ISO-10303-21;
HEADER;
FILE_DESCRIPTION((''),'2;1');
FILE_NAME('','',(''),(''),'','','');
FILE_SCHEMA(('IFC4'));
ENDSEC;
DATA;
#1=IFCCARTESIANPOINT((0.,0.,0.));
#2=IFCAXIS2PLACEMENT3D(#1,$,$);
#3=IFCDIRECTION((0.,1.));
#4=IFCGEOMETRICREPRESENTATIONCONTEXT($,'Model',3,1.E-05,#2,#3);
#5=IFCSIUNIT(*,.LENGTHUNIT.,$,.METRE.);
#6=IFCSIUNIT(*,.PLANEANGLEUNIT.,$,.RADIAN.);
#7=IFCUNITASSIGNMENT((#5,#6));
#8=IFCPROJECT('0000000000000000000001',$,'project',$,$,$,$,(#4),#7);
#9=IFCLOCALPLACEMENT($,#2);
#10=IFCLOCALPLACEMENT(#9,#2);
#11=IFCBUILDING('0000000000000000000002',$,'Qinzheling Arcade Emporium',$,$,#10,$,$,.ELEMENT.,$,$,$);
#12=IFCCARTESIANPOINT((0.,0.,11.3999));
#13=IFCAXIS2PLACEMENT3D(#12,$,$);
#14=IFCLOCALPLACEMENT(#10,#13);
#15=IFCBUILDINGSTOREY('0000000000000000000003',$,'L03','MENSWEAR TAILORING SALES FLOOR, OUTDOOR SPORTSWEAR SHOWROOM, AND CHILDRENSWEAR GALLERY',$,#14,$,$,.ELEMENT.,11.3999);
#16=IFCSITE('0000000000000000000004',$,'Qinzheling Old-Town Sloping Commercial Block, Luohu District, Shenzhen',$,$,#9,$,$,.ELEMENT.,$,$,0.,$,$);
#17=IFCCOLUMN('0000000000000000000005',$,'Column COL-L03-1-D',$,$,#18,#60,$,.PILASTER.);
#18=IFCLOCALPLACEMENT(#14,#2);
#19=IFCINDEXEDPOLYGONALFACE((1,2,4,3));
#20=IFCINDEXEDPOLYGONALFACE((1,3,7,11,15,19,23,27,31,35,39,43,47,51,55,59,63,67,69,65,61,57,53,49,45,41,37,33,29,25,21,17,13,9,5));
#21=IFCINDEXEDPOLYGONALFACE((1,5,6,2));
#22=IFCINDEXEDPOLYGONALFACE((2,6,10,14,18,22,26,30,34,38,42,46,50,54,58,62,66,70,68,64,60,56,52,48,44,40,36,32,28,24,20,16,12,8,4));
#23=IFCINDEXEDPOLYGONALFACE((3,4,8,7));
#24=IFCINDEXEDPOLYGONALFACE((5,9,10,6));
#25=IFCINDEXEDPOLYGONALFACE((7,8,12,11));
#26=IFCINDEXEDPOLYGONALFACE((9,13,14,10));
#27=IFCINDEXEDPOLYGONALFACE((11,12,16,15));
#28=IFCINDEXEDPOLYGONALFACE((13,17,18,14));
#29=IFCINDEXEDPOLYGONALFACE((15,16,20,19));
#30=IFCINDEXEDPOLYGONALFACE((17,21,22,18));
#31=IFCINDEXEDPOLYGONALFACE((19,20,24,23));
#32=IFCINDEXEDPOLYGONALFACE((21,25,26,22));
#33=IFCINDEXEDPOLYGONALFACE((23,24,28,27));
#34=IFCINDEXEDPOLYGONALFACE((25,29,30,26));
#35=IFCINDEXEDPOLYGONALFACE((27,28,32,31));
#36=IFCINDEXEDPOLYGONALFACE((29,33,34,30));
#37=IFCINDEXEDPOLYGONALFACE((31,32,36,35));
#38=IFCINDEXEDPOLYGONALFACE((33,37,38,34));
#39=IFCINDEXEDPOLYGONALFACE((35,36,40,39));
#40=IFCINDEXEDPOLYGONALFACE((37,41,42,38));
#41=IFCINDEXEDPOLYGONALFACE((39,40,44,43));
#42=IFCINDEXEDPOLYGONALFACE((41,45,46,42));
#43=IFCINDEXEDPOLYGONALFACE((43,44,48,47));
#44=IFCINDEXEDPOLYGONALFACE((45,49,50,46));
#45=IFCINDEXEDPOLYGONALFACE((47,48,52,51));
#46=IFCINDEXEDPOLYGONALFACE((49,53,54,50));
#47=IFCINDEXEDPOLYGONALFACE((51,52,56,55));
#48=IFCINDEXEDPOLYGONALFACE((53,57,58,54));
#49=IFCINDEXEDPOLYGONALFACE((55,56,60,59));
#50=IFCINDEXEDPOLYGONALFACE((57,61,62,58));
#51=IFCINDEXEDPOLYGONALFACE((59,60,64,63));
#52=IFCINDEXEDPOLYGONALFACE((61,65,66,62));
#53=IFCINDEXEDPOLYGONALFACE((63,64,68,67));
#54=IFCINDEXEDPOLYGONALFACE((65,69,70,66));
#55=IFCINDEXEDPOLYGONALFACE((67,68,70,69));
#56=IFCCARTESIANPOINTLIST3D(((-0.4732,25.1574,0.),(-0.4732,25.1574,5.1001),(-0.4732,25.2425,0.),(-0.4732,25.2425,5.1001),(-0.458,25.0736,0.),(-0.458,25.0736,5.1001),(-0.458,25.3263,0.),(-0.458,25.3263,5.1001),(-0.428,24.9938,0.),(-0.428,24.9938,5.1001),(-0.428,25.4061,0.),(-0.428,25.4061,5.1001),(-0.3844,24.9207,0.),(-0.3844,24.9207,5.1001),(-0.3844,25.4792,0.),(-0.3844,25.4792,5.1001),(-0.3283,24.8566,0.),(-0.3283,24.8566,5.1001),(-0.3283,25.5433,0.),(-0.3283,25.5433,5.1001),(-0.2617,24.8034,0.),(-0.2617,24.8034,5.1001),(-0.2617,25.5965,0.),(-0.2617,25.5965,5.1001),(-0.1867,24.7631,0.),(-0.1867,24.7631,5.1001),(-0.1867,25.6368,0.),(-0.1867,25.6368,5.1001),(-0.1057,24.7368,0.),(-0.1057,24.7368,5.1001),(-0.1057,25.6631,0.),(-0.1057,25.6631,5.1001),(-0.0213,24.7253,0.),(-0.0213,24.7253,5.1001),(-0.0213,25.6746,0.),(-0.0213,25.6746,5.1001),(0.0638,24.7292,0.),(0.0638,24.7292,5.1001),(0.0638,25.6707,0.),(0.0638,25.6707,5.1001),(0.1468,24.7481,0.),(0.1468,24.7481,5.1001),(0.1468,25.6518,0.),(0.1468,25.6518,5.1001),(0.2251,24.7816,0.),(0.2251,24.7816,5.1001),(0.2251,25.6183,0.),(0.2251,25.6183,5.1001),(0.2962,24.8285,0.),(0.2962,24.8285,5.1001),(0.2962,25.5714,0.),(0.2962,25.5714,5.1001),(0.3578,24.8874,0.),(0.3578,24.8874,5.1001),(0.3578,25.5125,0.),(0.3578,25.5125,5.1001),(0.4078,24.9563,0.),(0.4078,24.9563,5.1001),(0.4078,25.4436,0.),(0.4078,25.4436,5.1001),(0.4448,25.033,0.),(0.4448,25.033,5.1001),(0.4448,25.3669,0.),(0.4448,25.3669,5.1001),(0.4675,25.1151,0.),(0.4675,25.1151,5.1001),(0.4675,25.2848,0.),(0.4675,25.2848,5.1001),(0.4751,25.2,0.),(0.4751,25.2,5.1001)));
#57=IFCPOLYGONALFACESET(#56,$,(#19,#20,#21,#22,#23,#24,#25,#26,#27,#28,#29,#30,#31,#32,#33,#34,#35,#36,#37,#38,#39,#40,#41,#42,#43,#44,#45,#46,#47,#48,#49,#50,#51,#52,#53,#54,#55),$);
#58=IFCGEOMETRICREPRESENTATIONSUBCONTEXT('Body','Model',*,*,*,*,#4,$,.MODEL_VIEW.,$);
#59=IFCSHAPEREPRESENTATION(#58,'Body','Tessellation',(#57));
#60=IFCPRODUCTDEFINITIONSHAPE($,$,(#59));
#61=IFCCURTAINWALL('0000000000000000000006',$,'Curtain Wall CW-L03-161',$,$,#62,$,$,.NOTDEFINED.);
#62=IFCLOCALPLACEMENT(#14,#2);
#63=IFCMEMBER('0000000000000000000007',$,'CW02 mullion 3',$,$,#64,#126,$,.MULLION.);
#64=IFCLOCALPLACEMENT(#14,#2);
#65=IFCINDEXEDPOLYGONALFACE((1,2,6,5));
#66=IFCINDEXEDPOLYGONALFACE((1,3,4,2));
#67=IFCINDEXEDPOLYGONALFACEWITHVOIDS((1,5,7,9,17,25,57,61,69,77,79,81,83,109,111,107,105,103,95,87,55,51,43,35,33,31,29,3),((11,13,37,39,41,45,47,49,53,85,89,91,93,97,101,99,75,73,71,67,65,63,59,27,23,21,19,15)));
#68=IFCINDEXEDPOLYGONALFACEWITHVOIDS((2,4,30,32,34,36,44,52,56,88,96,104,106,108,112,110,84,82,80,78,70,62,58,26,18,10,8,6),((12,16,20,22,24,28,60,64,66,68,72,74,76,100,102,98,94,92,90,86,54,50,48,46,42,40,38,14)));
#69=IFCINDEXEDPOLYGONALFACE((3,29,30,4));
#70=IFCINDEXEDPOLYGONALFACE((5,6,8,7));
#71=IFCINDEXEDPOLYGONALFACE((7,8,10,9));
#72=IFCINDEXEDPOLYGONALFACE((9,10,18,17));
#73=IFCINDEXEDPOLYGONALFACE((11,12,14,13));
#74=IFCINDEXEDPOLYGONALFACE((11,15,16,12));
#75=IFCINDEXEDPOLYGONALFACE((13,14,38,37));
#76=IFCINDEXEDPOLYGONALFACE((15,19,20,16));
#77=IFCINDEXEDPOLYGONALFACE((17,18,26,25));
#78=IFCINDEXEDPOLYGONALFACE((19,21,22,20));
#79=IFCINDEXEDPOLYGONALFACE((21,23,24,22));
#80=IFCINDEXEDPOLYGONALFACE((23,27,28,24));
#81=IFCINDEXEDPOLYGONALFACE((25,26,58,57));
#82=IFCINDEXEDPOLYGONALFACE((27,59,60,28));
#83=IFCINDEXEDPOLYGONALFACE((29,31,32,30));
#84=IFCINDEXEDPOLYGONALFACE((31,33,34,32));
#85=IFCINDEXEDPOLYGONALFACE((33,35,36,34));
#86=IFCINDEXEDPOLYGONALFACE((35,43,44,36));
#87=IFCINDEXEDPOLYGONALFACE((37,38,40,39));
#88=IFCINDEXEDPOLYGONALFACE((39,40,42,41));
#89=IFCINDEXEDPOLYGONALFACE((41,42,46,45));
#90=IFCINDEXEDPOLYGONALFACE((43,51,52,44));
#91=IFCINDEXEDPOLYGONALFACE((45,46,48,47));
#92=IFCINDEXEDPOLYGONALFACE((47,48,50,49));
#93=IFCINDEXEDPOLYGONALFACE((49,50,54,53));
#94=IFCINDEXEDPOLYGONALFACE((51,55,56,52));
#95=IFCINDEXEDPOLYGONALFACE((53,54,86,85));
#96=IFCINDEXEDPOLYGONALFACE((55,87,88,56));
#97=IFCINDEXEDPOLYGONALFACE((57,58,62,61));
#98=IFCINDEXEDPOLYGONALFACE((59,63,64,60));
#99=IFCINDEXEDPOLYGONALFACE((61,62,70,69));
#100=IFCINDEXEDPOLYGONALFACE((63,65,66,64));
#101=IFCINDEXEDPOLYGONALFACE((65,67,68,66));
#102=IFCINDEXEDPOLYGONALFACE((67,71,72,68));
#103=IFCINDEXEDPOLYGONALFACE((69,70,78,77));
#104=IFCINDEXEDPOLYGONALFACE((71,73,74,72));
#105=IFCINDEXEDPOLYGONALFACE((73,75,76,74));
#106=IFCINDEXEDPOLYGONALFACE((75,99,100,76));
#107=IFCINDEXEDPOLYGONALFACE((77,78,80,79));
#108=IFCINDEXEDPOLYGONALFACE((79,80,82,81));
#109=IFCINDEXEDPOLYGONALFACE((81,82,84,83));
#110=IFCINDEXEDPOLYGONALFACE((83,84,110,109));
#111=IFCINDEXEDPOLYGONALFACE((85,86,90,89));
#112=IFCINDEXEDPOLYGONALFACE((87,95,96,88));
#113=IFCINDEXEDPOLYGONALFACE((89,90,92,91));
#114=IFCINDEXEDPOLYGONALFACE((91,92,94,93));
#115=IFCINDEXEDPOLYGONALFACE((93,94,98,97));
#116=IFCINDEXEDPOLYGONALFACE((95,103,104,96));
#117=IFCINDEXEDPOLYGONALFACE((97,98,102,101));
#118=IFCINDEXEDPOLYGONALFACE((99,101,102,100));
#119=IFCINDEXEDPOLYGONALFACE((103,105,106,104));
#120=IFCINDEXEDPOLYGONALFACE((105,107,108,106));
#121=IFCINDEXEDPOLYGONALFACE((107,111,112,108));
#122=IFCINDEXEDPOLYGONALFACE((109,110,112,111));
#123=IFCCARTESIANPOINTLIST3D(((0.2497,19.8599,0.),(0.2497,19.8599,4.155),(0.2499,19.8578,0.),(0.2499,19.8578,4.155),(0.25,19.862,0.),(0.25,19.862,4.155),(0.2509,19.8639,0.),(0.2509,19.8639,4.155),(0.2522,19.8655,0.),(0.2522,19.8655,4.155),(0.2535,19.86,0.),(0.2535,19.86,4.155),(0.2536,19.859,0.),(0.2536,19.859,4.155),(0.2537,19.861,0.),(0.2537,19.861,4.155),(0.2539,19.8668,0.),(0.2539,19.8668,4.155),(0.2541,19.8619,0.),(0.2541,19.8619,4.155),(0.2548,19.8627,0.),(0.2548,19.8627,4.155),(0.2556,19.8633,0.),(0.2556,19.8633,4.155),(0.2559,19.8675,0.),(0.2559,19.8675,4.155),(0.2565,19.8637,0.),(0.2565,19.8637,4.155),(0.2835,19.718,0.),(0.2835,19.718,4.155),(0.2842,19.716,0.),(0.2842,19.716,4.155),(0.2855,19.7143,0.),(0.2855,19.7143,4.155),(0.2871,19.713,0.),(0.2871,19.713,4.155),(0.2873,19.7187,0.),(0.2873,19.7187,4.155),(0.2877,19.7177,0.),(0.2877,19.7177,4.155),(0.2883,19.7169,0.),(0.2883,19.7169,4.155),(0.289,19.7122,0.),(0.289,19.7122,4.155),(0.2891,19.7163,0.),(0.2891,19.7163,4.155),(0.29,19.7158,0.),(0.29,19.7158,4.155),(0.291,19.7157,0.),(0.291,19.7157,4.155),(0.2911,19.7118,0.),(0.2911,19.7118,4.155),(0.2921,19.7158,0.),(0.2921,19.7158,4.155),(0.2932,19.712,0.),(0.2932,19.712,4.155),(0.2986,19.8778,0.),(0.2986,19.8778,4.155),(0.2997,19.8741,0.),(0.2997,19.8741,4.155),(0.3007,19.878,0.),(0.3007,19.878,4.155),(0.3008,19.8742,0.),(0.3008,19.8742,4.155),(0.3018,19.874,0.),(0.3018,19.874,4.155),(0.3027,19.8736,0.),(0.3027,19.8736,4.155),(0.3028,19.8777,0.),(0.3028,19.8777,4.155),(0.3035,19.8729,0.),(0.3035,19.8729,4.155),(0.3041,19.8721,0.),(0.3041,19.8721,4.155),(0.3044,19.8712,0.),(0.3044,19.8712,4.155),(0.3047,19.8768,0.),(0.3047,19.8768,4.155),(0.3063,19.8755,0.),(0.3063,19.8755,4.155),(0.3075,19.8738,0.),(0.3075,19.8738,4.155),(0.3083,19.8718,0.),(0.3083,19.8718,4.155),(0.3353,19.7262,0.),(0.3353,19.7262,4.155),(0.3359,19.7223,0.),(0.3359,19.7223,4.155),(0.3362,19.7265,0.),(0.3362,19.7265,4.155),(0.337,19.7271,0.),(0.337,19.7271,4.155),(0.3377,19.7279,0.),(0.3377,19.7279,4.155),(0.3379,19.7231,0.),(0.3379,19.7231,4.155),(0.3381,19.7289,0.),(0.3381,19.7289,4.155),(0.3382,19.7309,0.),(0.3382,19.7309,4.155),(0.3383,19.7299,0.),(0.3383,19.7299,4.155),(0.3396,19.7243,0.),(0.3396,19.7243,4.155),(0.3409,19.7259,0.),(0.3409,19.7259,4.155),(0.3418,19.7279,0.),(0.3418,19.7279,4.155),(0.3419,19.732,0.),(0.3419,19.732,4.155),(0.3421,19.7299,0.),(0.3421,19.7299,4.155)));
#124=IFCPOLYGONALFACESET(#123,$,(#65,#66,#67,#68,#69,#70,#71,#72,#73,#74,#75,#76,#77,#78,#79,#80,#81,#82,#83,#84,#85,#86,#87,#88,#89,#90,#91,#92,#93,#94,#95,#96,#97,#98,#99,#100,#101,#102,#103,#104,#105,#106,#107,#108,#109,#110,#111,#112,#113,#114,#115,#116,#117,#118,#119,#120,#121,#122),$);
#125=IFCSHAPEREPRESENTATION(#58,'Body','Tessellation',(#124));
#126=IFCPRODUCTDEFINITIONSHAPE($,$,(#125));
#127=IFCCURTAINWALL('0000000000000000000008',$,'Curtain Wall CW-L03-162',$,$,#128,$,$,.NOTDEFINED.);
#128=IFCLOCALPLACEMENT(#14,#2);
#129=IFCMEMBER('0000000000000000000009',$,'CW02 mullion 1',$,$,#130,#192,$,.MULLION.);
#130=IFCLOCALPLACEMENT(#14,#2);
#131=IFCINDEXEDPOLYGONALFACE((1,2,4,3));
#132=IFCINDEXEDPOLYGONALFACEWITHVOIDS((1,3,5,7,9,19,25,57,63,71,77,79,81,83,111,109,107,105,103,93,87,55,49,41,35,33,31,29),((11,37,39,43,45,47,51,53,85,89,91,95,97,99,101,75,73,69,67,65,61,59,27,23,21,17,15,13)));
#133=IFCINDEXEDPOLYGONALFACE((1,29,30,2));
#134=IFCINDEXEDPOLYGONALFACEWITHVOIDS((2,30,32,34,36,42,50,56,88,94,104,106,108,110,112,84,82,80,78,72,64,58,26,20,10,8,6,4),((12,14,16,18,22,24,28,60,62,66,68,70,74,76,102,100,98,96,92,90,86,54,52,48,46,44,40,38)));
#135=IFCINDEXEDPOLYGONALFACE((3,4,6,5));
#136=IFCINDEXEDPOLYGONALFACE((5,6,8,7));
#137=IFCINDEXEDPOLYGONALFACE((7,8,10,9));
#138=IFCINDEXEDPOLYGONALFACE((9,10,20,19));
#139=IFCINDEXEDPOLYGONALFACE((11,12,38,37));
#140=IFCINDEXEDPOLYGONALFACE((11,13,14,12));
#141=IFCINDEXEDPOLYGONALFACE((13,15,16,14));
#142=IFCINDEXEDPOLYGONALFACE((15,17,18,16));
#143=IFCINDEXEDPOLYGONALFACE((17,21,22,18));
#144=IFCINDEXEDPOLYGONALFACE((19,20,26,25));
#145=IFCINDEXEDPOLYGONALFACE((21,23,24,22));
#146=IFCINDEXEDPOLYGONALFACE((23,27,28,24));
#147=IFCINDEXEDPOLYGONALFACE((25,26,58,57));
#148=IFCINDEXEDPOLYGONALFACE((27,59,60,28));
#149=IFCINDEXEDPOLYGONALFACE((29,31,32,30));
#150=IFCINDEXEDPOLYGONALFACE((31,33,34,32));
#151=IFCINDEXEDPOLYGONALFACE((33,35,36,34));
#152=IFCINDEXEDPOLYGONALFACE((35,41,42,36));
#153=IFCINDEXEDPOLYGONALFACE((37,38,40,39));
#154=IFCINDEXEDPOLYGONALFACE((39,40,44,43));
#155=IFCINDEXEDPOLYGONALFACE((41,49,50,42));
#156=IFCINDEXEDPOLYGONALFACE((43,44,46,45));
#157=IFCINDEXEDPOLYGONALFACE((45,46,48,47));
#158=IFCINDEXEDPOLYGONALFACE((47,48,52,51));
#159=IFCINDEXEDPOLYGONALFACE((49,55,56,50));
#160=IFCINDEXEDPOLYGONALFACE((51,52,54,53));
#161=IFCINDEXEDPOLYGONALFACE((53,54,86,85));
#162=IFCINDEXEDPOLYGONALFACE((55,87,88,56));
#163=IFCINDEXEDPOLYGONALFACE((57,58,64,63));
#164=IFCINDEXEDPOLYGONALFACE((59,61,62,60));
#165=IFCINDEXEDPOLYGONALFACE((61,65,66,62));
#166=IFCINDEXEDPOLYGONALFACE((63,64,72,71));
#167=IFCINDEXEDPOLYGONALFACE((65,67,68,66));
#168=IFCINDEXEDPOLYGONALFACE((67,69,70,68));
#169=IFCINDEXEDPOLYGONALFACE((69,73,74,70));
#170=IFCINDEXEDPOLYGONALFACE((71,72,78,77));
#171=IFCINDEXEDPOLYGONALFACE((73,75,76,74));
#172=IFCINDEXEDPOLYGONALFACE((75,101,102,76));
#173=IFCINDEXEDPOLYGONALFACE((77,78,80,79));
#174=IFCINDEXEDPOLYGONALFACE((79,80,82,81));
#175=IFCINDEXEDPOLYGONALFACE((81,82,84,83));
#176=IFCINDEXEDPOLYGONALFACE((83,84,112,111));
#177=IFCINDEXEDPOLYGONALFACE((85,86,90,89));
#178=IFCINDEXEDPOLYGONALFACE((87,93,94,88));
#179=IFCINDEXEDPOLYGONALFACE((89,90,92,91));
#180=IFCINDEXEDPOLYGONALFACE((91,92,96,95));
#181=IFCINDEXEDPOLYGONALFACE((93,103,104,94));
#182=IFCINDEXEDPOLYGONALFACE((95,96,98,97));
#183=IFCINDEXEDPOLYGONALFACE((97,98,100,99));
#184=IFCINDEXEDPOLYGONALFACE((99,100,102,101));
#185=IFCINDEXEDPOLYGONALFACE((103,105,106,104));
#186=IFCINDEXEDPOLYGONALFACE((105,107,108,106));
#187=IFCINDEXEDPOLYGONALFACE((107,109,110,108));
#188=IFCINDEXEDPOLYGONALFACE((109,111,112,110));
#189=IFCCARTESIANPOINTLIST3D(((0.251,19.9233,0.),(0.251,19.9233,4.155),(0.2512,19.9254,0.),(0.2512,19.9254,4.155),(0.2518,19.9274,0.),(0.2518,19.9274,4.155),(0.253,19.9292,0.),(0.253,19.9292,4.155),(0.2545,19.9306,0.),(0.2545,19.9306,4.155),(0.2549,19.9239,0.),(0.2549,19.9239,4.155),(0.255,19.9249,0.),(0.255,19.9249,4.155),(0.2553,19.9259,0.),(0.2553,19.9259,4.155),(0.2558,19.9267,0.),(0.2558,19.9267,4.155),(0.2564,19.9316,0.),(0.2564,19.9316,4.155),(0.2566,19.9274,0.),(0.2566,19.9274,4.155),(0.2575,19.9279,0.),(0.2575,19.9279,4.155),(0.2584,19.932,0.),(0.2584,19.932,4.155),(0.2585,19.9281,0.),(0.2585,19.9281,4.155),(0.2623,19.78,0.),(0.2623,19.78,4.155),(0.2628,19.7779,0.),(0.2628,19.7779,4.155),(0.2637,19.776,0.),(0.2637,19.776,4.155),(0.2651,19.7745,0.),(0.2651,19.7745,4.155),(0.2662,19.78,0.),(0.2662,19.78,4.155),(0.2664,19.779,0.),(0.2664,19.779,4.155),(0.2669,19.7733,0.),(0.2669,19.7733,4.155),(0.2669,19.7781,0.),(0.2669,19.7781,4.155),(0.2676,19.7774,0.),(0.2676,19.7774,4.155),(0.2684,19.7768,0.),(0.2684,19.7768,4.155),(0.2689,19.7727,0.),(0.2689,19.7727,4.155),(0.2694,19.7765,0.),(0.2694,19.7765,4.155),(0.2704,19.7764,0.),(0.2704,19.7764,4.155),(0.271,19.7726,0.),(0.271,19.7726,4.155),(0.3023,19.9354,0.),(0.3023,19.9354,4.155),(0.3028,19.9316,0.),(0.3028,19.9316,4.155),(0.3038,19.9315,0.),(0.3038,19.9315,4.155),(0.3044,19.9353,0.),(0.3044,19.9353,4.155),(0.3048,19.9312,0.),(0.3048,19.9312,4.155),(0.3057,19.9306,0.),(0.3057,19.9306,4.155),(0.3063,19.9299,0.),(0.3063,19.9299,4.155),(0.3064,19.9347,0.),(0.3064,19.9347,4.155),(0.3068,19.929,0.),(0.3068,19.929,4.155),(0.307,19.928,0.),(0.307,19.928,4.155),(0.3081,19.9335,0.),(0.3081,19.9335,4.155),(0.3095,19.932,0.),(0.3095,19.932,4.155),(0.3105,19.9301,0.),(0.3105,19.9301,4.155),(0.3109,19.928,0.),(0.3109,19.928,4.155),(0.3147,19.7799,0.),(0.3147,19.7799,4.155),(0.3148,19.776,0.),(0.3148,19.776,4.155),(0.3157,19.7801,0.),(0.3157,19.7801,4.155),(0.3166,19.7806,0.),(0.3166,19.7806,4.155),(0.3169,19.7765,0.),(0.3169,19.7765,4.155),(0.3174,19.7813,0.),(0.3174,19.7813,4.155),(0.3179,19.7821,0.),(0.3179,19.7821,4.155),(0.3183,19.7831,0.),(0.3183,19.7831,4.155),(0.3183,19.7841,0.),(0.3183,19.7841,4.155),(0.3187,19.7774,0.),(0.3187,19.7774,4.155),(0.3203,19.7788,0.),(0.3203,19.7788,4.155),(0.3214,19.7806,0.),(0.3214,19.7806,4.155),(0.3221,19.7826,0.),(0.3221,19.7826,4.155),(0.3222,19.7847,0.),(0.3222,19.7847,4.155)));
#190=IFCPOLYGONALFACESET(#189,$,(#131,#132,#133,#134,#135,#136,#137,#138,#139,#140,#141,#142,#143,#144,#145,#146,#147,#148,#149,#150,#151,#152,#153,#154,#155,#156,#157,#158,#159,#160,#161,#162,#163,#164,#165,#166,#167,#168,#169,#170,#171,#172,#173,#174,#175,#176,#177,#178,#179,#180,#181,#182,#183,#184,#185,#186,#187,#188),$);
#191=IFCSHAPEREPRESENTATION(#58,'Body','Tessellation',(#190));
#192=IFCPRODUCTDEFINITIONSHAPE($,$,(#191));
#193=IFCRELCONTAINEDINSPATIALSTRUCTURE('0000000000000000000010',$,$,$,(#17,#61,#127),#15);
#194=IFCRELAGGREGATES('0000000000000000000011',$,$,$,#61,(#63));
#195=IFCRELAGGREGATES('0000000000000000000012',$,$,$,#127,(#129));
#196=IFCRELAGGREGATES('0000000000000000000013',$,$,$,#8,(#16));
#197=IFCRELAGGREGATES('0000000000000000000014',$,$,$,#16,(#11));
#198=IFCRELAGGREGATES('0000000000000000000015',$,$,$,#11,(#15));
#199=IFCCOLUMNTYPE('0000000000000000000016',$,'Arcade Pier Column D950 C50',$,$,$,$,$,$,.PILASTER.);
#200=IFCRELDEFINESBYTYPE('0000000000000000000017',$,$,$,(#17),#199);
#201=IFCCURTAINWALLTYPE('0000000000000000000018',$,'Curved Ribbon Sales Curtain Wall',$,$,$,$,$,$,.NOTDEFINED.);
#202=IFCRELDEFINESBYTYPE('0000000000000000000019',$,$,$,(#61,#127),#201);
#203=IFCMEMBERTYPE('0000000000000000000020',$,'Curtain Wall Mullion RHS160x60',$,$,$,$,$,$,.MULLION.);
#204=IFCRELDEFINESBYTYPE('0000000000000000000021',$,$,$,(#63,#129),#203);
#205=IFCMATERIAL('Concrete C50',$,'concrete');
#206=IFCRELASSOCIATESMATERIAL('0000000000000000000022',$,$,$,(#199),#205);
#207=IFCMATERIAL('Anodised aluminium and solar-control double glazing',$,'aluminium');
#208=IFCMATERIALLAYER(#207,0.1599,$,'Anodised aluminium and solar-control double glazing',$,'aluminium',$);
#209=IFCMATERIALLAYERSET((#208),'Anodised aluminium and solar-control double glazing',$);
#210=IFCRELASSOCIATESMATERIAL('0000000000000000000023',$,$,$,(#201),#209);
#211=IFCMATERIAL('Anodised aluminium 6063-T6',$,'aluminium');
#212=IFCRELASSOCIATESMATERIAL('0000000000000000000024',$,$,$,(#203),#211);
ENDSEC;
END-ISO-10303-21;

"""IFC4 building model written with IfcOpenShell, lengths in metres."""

from ifc_helpers import new_model, si_unit, direction, frame, origin, origin_2d, place, context, subcontext, project, spatial, hollow_rectangle, circle, extrude, material, layer, layer_set, material_profile, profile_set, type_object, element, aggregate, save


model = new_model("IFC4")

# Units and contexts
model_context = context("Model", 3, precision=1e-05, world=origin(), true_north=direction((0.0, 1.0)))
body_context = subcontext(model_context, "Body", "Model", "MODEL_VIEW")
ifc_project = project(units=[si_unit("LENGTHUNIT", "METRE"), si_unit("PLANEANGLEUNIT", "RADIAN")], contexts=[model_context])

# Site, building, storey
site_placement = place(None, origin())
site = spatial("IfcSite", under=ifc_project, at=site_placement, Name="Qinzheling Old-Town Sloping Commercial Block, Luohu District, Shenzhen", CompositionType="ELEMENT", RefElevation=0.0)
building_placement = place(site_placement, origin())
building = spatial("IfcBuilding", under=site, at=building_placement, Name="Qinzheling Arcade Emporium", CompositionType="ELEMENT")
storey_placement = place(building_placement, frame((0.0, 0.0, 11.3999)))
storey = spatial("IfcBuildingStorey", under=building, at=storey_placement, Name="L03", Description="MENSWEAR TAILORING SALES FLOOR, OUTDOOR SPORTSWEAR SHOWROOM, AND CHILDRENSWEAR GALLERY", CompositionType="ELEMENT", Elevation=11.3999)

# Column
ifc_material_1 = material(Name="Concrete C50", Category="concrete")
ifc_material_profile_1 = material_profile(ifc_material_1, circle(Radius=0.4751, at=origin_2d()), Name="RC D950", Category="concrete")
ifc_profile_set_1 = profile_set([ifc_material_profile_1], Name="Concrete C50")
column_type = type_object("IfcColumnType", Name="Arcade Pier Column D950 C50", PredefinedType="PILASTER", material=ifc_profile_set_1)
column_placement = place(storey_placement, frame((0.0, 25.2, 0.0), z_axis=(0.0, 0.0, 1.0), x_axis=(1.0, 0.0, 0.0)))
element("IfcColumn", 1, at=column_placement, inside=storey, type_object=column_type, Name="Column COL-L03-1-D", PredefinedType="PILASTER", context=body_context, shape_type="SweptSolid", body=[
    extrude(circle(Radius=0.4751, at=origin_2d()), origin(), (0.0, 0.0, 1.0), 5.1001),
])

# Curtain wall, member
ifc_material_2 = material(Name="Anodised aluminium and solar-control double glazing", Category="aluminium")
ifc_layer_1 = layer(ifc_material_2, 0.1599, Name="Anodised aluminium and solar-control double glazing", Category="aluminium")
ifc_layer_set_1 = layer_set([ifc_layer_1], Name="Anodised aluminium and solar-control double glazing")
curtain_wall_type_1 = type_object("IfcCurtainWallType", Name="Curved Ribbon Sales Curtain Wall", PredefinedType="NOTDEFINED", material=ifc_layer_set_1)
curtain_wall_1_placement = place(storey_placement, origin())
curtain_wall_1 = element("IfcCurtainWall", 2, at=curtain_wall_1_placement, inside=storey, type_object=curtain_wall_type_1, Name="Curtain Wall CW-L03-161", PredefinedType="NOTDEFINED")
ifc_material_3 = material(Name="Anodised aluminium 6063-T6", Category="aluminium")
ifc_material_profile_2 = material_profile(ifc_material_3, hollow_rectangle(XDim=0.0601, YDim=0.1599, WallThickness=0.0039, InnerFilletRadius=0.0039, OuterFilletRadius=0.0081, at=origin_2d()), Name="RHS 160x60x4", Category="aluminium")
ifc_profile_set_2 = profile_set([ifc_material_profile_2], Name="Anodised aluminium 6063-T6")
member_type_1 = type_object("IfcMemberType", Name="Curtain Wall Mullion RHS160x60", PredefinedType="MULLION", material=ifc_profile_set_2)
member_1_placement = place(storey_placement, frame((0.2959, 19.7949, 0.0), z_axis=(0.0, 0.0, 1.0), x_axis=(-0.972336, -0.233585, 0.0)))
member_1 = element("IfcMember", 3, at=member_1_placement, type_object=member_type_1, Name="CW02 mullion 3", PredefinedType="MULLION", context=body_context, shape_type="SweptSolid", body=[
    extrude(hollow_rectangle(XDim=0.0601, YDim=0.1599, WallThickness=0.0039, InnerFilletRadius=0.0039, OuterFilletRadius=0.0081, at=origin_2d()), origin(), (0.0, 0.0, 1.0), 4.155),
])

# Curtain wall, member
curtain_wall_2_placement = place(storey_placement, origin())
curtain_wall_2 = element("IfcCurtainWall", 4, at=curtain_wall_2_placement, inside=storey, type_object=curtain_wall_type_1, Name="Curtain Wall CW-L03-162", PredefinedType="NOTDEFINED")
member_2_placement = place(storey_placement, frame((0.2866, 19.854, 0.0), z_axis=(0.0, 0.0, 1.0), x_axis=(-0.996924, -0.078376, 0.0)))
member_2 = element("IfcMember", 5, at=member_2_placement, type_object=member_type_1, Name="CW02 mullion 1", PredefinedType="MULLION", context=body_context, shape_type="SweptSolid", body=[
    extrude(hollow_rectangle(XDim=0.0601, YDim=0.1599, WallThickness=0.0039, InnerFilletRadius=0.0039, OuterFilletRadius=0.0081, at=origin_2d()), origin(), (0.0, 0.0, 1.0), 4.155),
])

aggregate(curtain_wall_1, [member_1])
aggregate(curtain_wall_2, [member_2])

save(model, "model.ifc")
